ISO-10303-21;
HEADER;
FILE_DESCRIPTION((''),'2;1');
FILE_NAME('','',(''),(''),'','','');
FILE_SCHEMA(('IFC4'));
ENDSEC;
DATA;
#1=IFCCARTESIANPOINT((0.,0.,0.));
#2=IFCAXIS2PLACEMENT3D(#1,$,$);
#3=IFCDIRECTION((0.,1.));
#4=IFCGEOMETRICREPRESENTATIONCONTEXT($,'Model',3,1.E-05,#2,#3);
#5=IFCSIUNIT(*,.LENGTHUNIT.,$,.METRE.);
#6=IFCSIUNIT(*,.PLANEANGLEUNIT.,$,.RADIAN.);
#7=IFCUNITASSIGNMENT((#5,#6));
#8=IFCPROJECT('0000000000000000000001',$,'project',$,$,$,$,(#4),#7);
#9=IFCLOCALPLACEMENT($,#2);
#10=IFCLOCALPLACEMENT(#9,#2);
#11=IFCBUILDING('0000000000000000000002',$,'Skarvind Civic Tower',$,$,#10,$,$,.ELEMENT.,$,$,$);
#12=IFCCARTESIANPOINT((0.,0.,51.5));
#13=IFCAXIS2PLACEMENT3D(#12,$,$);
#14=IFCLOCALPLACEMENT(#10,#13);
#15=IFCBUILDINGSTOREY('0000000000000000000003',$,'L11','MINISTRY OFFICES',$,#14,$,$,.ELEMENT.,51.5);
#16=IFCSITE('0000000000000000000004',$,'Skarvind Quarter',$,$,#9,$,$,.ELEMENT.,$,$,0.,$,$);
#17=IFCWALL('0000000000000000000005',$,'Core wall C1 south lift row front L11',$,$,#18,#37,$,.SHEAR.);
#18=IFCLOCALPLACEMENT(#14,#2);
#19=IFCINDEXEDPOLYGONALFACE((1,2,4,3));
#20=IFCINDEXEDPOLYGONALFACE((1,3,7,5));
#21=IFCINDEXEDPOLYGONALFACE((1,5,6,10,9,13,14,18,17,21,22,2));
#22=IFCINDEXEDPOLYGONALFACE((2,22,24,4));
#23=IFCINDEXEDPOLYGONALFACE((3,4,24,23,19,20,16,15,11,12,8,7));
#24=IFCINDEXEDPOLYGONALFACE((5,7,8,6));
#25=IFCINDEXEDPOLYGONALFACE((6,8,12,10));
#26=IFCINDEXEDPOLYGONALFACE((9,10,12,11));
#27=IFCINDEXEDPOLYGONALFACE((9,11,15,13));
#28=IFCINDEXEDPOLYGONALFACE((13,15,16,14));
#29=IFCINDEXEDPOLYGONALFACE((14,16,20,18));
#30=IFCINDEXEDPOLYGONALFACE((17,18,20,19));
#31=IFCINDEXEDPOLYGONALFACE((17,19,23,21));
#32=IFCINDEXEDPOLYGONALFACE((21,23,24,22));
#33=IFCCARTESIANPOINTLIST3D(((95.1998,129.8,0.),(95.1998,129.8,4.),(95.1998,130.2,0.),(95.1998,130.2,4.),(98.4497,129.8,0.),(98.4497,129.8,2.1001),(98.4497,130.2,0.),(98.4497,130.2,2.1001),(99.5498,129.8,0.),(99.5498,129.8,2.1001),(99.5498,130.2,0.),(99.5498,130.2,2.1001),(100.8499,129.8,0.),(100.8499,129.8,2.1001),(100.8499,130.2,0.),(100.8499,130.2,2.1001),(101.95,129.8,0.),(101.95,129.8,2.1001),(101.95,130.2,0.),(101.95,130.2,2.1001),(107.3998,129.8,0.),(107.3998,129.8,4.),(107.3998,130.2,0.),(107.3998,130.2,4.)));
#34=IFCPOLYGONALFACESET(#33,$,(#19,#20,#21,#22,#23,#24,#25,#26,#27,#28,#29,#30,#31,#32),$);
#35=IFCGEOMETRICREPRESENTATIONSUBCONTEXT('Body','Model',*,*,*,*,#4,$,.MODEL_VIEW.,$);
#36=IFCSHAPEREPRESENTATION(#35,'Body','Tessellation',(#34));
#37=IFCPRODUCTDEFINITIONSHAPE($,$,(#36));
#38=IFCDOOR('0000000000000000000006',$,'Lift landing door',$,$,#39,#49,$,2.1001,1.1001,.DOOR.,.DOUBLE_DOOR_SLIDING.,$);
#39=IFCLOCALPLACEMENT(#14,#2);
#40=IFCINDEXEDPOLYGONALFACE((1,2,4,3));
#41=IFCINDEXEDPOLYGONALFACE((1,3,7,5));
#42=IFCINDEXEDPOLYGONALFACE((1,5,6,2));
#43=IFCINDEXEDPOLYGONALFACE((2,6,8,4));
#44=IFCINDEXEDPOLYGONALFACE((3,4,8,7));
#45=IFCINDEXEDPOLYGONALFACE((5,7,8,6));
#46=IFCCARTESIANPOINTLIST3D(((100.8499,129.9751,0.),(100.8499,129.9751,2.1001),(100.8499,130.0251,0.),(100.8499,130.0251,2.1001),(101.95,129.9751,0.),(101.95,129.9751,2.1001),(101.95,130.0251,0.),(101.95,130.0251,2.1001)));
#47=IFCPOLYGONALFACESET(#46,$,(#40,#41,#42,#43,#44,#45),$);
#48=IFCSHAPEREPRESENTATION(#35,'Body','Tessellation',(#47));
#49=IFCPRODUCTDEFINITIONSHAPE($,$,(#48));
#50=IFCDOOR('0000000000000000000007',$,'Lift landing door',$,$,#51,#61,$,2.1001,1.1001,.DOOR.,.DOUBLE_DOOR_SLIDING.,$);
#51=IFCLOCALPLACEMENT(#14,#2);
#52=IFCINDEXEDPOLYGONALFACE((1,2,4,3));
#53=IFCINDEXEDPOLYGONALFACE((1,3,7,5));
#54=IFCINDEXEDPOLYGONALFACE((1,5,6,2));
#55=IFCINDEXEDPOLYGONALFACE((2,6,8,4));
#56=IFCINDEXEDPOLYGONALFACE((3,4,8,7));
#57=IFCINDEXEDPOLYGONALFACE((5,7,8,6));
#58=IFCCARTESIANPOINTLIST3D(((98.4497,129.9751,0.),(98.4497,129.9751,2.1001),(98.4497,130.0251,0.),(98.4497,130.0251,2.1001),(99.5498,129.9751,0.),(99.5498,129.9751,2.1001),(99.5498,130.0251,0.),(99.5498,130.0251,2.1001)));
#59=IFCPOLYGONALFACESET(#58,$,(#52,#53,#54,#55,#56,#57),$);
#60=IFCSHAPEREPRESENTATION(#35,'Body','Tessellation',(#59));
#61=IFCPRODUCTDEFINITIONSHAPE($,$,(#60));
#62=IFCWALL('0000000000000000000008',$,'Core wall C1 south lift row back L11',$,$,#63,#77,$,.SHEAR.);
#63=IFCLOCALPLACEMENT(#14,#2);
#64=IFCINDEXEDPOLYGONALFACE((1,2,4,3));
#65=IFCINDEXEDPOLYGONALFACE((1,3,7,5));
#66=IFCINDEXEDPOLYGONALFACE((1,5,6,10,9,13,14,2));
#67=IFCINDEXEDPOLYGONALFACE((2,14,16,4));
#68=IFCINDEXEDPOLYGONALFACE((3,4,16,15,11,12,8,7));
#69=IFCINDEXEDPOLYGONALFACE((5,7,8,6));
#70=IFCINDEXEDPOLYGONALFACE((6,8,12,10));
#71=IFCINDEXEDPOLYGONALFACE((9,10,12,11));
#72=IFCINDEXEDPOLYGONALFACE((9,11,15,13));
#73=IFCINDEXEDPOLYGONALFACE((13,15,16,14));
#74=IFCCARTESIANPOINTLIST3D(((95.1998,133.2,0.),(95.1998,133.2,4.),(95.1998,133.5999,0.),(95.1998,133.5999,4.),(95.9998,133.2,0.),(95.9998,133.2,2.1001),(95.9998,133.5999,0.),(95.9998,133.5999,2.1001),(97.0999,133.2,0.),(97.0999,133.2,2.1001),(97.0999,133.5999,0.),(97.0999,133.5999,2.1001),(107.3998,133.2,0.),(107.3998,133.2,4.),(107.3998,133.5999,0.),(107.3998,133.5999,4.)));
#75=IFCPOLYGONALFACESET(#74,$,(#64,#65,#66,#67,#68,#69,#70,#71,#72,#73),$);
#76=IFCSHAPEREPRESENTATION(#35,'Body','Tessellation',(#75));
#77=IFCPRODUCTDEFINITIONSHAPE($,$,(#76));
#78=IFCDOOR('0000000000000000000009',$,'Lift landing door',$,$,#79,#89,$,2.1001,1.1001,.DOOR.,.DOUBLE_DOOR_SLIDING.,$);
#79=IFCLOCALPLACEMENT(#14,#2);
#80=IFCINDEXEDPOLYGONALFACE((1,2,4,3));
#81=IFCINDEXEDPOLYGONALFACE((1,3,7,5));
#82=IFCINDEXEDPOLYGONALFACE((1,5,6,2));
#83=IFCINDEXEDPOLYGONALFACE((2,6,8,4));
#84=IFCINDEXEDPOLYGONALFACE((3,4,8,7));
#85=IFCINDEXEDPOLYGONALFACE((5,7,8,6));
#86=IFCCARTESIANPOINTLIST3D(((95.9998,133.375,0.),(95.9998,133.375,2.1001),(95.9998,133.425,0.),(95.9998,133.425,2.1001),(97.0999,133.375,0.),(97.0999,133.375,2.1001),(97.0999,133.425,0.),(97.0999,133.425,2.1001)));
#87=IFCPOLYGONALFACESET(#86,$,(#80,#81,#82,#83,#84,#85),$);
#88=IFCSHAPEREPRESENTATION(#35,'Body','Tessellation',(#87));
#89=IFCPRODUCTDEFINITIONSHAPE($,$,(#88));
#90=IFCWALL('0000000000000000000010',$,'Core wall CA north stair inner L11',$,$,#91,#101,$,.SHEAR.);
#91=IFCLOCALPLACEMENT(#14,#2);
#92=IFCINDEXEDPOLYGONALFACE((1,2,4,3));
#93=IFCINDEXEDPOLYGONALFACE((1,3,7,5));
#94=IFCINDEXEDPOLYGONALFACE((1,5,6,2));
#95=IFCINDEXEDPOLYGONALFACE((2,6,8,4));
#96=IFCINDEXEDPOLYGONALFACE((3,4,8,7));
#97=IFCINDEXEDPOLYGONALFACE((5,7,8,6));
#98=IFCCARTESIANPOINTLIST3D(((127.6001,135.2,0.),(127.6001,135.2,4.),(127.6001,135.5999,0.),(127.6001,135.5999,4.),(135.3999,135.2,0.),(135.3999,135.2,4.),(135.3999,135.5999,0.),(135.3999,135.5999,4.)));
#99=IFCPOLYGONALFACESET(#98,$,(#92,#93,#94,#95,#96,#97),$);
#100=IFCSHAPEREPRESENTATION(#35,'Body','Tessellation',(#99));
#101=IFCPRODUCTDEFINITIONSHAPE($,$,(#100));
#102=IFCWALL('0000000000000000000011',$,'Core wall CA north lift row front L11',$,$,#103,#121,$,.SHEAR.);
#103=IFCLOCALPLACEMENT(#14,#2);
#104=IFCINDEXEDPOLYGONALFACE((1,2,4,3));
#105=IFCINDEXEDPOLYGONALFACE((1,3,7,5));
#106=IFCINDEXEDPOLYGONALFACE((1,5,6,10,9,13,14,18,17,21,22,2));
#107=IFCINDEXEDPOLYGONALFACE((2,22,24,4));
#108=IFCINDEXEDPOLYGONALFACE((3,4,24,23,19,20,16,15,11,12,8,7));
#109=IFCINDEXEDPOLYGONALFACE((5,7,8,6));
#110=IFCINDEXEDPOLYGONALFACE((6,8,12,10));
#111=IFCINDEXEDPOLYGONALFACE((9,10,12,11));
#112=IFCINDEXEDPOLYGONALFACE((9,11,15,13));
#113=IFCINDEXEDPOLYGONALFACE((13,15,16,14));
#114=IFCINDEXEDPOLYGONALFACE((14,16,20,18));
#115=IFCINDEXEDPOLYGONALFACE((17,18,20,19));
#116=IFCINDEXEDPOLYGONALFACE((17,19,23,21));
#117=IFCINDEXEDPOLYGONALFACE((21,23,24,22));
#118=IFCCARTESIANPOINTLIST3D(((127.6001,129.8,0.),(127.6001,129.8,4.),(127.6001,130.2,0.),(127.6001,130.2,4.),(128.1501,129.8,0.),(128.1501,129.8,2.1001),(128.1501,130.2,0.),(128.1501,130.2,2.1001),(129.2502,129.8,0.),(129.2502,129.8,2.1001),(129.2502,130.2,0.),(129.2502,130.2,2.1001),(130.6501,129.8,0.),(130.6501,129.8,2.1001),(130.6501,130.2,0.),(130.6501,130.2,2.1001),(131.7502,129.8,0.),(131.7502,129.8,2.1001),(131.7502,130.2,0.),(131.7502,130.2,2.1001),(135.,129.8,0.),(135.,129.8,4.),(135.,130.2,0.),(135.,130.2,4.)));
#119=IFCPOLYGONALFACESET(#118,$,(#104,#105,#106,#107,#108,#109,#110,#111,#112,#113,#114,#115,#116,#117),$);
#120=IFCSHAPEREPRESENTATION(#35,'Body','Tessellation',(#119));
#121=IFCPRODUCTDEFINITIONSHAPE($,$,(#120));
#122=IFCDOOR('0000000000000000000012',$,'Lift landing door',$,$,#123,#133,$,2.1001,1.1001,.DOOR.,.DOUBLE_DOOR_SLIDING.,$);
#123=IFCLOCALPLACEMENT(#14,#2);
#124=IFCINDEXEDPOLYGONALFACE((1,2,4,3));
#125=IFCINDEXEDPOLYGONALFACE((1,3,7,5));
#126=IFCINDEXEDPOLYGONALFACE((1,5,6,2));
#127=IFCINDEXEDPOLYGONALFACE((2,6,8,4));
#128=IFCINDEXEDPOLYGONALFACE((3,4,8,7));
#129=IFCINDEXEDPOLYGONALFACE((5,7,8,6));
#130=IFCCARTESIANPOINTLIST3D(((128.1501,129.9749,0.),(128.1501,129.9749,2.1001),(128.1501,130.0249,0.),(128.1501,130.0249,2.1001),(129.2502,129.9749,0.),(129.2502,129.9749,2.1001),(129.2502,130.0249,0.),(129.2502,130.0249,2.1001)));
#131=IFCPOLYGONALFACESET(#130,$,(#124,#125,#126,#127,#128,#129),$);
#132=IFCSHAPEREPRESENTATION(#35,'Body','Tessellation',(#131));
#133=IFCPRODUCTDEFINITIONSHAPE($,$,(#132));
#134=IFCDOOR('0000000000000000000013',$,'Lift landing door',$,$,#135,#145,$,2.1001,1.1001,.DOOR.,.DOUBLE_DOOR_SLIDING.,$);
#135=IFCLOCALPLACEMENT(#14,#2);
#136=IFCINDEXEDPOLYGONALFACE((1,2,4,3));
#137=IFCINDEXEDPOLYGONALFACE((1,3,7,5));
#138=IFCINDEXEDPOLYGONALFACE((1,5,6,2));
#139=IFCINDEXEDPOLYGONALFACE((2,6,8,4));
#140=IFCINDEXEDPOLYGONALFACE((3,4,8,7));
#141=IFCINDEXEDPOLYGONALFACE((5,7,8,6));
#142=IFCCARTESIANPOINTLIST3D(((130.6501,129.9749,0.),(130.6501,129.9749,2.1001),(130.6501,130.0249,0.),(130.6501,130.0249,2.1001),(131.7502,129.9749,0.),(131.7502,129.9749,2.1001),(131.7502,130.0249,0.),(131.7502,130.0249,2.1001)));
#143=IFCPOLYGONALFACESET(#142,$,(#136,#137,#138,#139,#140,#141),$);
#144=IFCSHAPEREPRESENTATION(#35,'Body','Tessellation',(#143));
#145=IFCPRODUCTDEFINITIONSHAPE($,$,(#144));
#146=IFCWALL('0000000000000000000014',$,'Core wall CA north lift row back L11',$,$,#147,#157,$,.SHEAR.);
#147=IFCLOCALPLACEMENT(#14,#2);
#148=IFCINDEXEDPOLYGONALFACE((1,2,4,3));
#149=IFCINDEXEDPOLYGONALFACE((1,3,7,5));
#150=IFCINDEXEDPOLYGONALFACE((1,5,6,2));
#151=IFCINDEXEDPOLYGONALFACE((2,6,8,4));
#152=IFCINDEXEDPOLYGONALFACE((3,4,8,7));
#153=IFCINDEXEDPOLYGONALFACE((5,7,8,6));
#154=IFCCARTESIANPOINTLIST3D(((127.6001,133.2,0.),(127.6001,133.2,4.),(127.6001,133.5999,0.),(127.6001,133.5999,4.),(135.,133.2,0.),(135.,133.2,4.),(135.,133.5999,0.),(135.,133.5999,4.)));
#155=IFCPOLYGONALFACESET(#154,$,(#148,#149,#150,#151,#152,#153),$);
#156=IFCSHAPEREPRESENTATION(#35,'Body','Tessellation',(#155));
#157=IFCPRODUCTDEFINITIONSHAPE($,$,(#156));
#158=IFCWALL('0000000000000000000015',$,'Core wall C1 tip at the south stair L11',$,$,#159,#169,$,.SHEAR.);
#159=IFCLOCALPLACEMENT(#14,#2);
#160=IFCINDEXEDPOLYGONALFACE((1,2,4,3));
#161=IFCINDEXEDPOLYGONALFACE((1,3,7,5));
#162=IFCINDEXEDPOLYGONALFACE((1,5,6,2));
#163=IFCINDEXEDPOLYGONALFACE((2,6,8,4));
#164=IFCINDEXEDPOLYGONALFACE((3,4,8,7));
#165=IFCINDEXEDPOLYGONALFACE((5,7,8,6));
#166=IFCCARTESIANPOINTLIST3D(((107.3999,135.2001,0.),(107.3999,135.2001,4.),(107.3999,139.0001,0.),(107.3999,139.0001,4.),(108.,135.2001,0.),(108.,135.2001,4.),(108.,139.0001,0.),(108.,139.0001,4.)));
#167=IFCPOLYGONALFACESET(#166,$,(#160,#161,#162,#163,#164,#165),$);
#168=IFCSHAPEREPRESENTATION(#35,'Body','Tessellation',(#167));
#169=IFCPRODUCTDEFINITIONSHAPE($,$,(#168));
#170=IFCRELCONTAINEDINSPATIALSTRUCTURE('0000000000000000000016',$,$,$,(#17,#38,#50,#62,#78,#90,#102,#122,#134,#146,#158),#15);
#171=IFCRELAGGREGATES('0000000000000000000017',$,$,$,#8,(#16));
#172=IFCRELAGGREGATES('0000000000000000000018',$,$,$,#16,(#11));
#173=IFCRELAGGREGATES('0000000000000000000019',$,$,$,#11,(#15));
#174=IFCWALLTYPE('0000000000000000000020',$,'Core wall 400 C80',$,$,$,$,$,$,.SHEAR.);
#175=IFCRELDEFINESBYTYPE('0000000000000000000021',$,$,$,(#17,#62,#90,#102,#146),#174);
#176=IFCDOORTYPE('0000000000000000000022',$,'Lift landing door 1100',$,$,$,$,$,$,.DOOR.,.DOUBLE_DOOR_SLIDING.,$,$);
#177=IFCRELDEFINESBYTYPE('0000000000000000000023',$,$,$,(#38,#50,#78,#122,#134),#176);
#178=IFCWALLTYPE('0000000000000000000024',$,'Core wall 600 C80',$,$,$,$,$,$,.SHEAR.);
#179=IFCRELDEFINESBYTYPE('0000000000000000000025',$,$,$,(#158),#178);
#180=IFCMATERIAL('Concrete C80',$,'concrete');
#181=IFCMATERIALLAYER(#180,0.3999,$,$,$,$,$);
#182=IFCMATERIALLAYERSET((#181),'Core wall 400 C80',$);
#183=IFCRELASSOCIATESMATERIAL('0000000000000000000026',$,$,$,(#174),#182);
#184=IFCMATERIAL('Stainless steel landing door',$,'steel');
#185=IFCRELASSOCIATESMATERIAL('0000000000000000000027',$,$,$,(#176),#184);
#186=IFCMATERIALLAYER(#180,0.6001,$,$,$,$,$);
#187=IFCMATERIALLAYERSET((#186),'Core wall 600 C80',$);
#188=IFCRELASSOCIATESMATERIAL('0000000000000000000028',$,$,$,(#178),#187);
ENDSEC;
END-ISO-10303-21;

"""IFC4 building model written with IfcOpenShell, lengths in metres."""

from ifc_helpers import new_model, si_unit, direction, frame, frame_2d, origin, place, context, subcontext, project, spatial, rectangle, extrude, material, layer, layer_set, type_object, element, fill, save


model = new_model("IFC4")

# Units and contexts
model_context = context("Model", 3, precision=1e-05, world=origin(), true_north=direction((0.0, 1.0)))
body_context = subcontext(model_context, "Body", "Model", "MODEL_VIEW")
ifc_project = project(units=[si_unit("LENGTHUNIT", "METRE"), si_unit("PLANEANGLEUNIT", "RADIAN")], contexts=[model_context])

# Site, building, storey
site_placement = place(None, origin())
site = spatial("IfcSite", under=ifc_project, at=site_placement, Name="Skarvind Quarter", CompositionType="ELEMENT", RefElevation=0.0)
building_placement = place(site_placement, origin())
building = spatial("IfcBuilding", under=site, at=building_placement, Name="Skarvind Civic Tower", CompositionType="ELEMENT")
storey_placement = place(building_placement, frame((0.0, 0.0, 51.5)))
storey = spatial("IfcBuildingStorey", under=building, at=storey_placement, Name="L11", Description="MINISTRY OFFICES", CompositionType="ELEMENT", Elevation=51.5)

# Wall, openings, doors
ifc_material_1 = material(Name="Concrete C80", Category="concrete")
ifc_layer_1 = layer(ifc_material_1, 0.3999)
ifc_layer_set_1 = layer_set([ifc_layer_1], Name="Core wall 400 C80")
wall_type_1 = type_object("IfcWallType", Name="Core wall 400 C80", PredefinedType="SHEAR", material=ifc_layer_set_1)
wall_1_placement = place(storey_placement, frame((107.3999, 130.0, 0.0), z_axis=(0.0, 0.0, 1.0), x_axis=(-1.0, 0.0, 0.0)))
wall_1 = element("IfcWall", 1, at=wall_1_placement, inside=storey, type_object=wall_type_1, Name="Core wall C1 south lift row front L11", PredefinedType="SHEAR", context=body_context, shape_type="SweptSolid", body=[
    extrude(rectangle(XDim=12.2, YDim=0.3999, at=frame_2d((6.1001, 0.0))), origin(), (0.0, 0.0, 1.0), 4.0),
])
opening_1_placement = place(wall_1_placement, frame((5.45, 0.0, 0.0)))
opening_1 = element("IfcOpeningElement", 2, at=opening_1_placement, cuts=wall_1, PredefinedType="OPENING", context=body_context, shape_type="SweptSolid", body=[
    extrude(rectangle(XDim=1.1001, YDim=2.1001, at=frame_2d((0.55, 1.05))), frame((0.0, 0.21, 0.0), z_axis=(0.0, -1.0, 0.0), x_axis=(1.0, 0.0, 0.0)), (0.0, 0.0, 1.0), 0.4199),
])
opening_2_placement = place(wall_1_placement, frame((7.8501, 0.0, 0.0)))
opening_2 = element("IfcOpeningElement", 3, at=opening_2_placement, cuts=wall_1, PredefinedType="OPENING", context=body_context, shape_type="SweptSolid", body=[
    extrude(rectangle(XDim=1.1001, YDim=2.1001, at=frame_2d((0.55, 1.05))), frame((0.0, 0.21, 0.0), z_axis=(0.0, -1.0, 0.0), x_axis=(1.0, 0.0, 0.0)), (0.0, 0.0, 1.0), 0.4199),
])
ifc_material_2 = material(Name="Stainless steel landing door", Category="steel")
door_type = type_object("IfcDoorType", Name="Lift landing door 1100", OperationType="DOUBLE_DOOR_SLIDING", PredefinedType="DOOR", material=ifc_material_2)
door_1_placement = place(opening_1_placement, origin())
door_1 = element("IfcDoor", 4, at=door_1_placement, inside=storey, type_object=door_type, Name="Lift landing door", OperationType="DOUBLE_DOOR_SLIDING", OverallHeight=2.1001, OverallWidth=1.1001, PredefinedType="DOOR", context=body_context, shape_type="SweptSolid", body=[
    extrude(rectangle(XDim=1.1001, YDim=2.1001, at=frame_2d((0.55, 1.05))), frame((0.0, 0.0249, 0.0), z_axis=(0.0, -1.0, 0.0), x_axis=(1.0, 0.0, 0.0)), (0.0, 0.0, 1.0), 0.05),
])
fill(opening_1, door_1)
door_2_placement = place(opening_2_placement, origin())
door_2 = element("IfcDoor", 5, at=door_2_placement, inside=storey, type_object=door_type, Name="Lift landing door", OperationType="DOUBLE_DOOR_SLIDING", OverallHeight=2.1001, OverallWidth=1.1001, PredefinedType="DOOR", context=body_context, shape_type="SweptSolid", body=[
    extrude(rectangle(XDim=1.1001, YDim=2.1001, at=frame_2d((0.55, 1.05))), frame((0.0, 0.0249, 0.0), z_axis=(0.0, -1.0, 0.0), x_axis=(1.0, 0.0, 0.0)), (0.0, 0.0, 1.0), 0.05),
])
fill(opening_2, door_2)

# Wall, opening, door
wall_2_placement = place(storey_placement, frame((107.3999, 133.3999, 0.0), z_axis=(0.0, 0.0, 1.0), x_axis=(-1.0, 0.0, 0.0)))
wall_2 = element("IfcWall", 6, at=wall_2_placement, inside=storey, type_object=wall_type_1, Name="Core wall C1 south lift row back L11", PredefinedType="SHEAR", context=body_context, shape_type="SweptSolid", body=[
    extrude(rectangle(XDim=12.2, YDim=0.3999, at=frame_2d((6.1001, 0.0))), origin(), (0.0, 0.0, 1.0), 4.0),
])
opening_3_placement = place(wall_2_placement, frame((10.3, 0.0, 0.0)))
opening_3 = element("IfcOpeningElement", 7, at=opening_3_placement, cuts=wall_2, PredefinedType="OPENING", context=body_context, shape_type="SweptSolid", body=[
    extrude(rectangle(XDim=1.1001, YDim=2.1001, at=frame_2d((0.55, 1.05))), frame((0.0, 0.21, 0.0), z_axis=(0.0, -1.0, 0.0), x_axis=(1.0, 0.0, 0.0)), (0.0, 0.0, 1.0), 0.4199),
])
door_3_placement = place(opening_3_placement, origin())
door_3 = element("IfcDoor", 8, at=door_3_placement, inside=storey, type_object=door_type, Name="Lift landing door", OperationType="DOUBLE_DOOR_SLIDING", OverallHeight=2.1001, OverallWidth=1.1001, PredefinedType="DOOR", context=body_context, shape_type="SweptSolid", body=[
    extrude(rectangle(XDim=1.1001, YDim=2.1001, at=frame_2d((0.55, 1.05))), frame((0.0, 0.0249, 0.0), z_axis=(0.0, -1.0, 0.0), x_axis=(1.0, 0.0, 0.0)), (0.0, 0.0, 1.0), 0.05),
])
fill(opening_3, door_3)

# Wall
wall_3_placement = place(storey_placement, frame((127.6001, 135.3999, 0.0), z_axis=(0.0, 0.0, 1.0), x_axis=(1.0, 0.0, 0.0)))
element("IfcWall", 9, at=wall_3_placement, inside=storey, type_object=wall_type_1, Name="Core wall CA north stair inner L11", PredefinedType="SHEAR", context=body_context, shape_type="SweptSolid", body=[
    extrude(rectangle(XDim=7.7998, YDim=0.3999, at=frame_2d((3.8999, 0.0))), origin(), (0.0, 0.0, 1.0), 4.0),
])

# Wall, openings, doors
wall_4_placement = place(storey_placement, frame((127.6001, 130.0, 0.0), z_axis=(0.0, 0.0, 1.0), x_axis=(1.0, 0.0, 0.0)))
wall_4 = element("IfcWall", 10, at=wall_4_placement, inside=storey, type_object=wall_type_1, Name="Core wall CA north lift row front L11", PredefinedType="SHEAR", context=body_context, shape_type="SweptSolid", body=[
    extrude(rectangle(XDim=7.3999, YDim=0.3999, at=frame_2d((3.7, 0.0))), origin(), (0.0, 0.0, 1.0), 4.0),
])
opening_4_placement = place(wall_4_placement, frame((0.55, 0.0, 0.0)))
opening_4 = element("IfcOpeningElement", 11, at=opening_4_placement, cuts=wall_4, PredefinedType="OPENING", context=body_context, shape_type="SweptSolid", body=[
    extrude(rectangle(XDim=1.1001, YDim=2.1001, at=frame_2d((0.55, 1.05))), frame((0.0, 0.21, 0.0), z_axis=(0.0, -1.0, 0.0), x_axis=(1.0, 0.0, 0.0)), (0.0, 0.0, 1.0), 0.4199),
])
opening_5_placement = place(wall_4_placement, frame((3.05, 0.0, 0.0)))
opening_5 = element("IfcOpeningElement", 12, at=opening_5_placement, cuts=wall_4, PredefinedType="OPENING", context=body_context, shape_type="SweptSolid", body=[
    extrude(rectangle(XDim=1.1001, YDim=2.1001, at=frame_2d((0.55, 1.05))), frame((0.0, 0.21, 0.0), z_axis=(0.0, -1.0, 0.0), x_axis=(1.0, 0.0, 0.0)), (0.0, 0.0, 1.0), 0.4199),
])
door_4_placement = place(opening_4_placement, origin())
door_4 = element("IfcDoor", 13, at=door_4_placement, inside=storey, type_object=door_type, Name="Lift landing door", OperationType="DOUBLE_DOOR_SLIDING", OverallHeight=2.1001, OverallWidth=1.1001, PredefinedType="DOOR", context=body_context, shape_type="SweptSolid", body=[
    extrude(rectangle(XDim=1.1001, YDim=2.1001, at=frame_2d((0.55, 1.05))), frame((0.0, 0.0249, 0.0), z_axis=(0.0, -1.0, 0.0), x_axis=(1.0, 0.0, 0.0)), (0.0, 0.0, 1.0), 0.05),
])
fill(opening_4, door_4)
door_5_placement = place(opening_5_placement, origin())
door_5 = element("IfcDoor", 14, at=door_5_placement, inside=storey, type_object=door_type, Name="Lift landing door", OperationType="DOUBLE_DOOR_SLIDING", OverallHeight=2.1001, OverallWidth=1.1001, PredefinedType="DOOR", context=body_context, shape_type="SweptSolid", body=[
    extrude(rectangle(XDim=1.1001, YDim=2.1001, at=frame_2d((0.55, 1.05))), frame((0.0, 0.0249, 0.0), z_axis=(0.0, -1.0, 0.0), x_axis=(1.0, 0.0, 0.0)), (0.0, 0.0, 1.0), 0.05),
])
fill(opening_5, door_5)

# Walls
wall_5_placement = place(storey_placement, frame((127.6001, 133.3999, 0.0), z_axis=(0.0, 0.0, 1.0), x_axis=(1.0, 0.0, 0.0)))
element("IfcWall", 15, at=wall_5_placement, inside=storey, type_object=wall_type_1, Name="Core wall CA north lift row back L11", PredefinedType="SHEAR", context=body_context, shape_type="SweptSolid", body=[
    extrude(rectangle(XDim=7.3999, YDim=0.3999, at=frame_2d((3.7, 0.0))), origin(), (0.0, 0.0, 1.0), 4.0),
])
ifc_layer_2 = layer(ifc_material_1, 0.6001)
ifc_layer_set_2 = layer_set([ifc_layer_2], Name="Core wall 600 C80")
wall_type_2 = type_object("IfcWallType", Name="Core wall 600 C80", PredefinedType="SHEAR", material=ifc_layer_set_2)
wall_6_placement = place(storey_placement, frame((107.7, 139.0, 0.0), z_axis=(0.0, 0.0, 1.0), x_axis=(0.0, -1.0, 0.0)))
element("IfcWall", 16, at=wall_6_placement, inside=storey, type_object=wall_type_2, Name="Core wall C1 tip at the south stair L11", PredefinedType="SHEAR", context=body_context, shape_type="SweptSolid", body=[
    extrude(rectangle(XDim=3.8, YDim=0.6001, at=frame_2d((1.8999, 0.0))), origin(), (0.0, 0.0, 1.0), 4.0),
])

save(model, "model.ifc")
